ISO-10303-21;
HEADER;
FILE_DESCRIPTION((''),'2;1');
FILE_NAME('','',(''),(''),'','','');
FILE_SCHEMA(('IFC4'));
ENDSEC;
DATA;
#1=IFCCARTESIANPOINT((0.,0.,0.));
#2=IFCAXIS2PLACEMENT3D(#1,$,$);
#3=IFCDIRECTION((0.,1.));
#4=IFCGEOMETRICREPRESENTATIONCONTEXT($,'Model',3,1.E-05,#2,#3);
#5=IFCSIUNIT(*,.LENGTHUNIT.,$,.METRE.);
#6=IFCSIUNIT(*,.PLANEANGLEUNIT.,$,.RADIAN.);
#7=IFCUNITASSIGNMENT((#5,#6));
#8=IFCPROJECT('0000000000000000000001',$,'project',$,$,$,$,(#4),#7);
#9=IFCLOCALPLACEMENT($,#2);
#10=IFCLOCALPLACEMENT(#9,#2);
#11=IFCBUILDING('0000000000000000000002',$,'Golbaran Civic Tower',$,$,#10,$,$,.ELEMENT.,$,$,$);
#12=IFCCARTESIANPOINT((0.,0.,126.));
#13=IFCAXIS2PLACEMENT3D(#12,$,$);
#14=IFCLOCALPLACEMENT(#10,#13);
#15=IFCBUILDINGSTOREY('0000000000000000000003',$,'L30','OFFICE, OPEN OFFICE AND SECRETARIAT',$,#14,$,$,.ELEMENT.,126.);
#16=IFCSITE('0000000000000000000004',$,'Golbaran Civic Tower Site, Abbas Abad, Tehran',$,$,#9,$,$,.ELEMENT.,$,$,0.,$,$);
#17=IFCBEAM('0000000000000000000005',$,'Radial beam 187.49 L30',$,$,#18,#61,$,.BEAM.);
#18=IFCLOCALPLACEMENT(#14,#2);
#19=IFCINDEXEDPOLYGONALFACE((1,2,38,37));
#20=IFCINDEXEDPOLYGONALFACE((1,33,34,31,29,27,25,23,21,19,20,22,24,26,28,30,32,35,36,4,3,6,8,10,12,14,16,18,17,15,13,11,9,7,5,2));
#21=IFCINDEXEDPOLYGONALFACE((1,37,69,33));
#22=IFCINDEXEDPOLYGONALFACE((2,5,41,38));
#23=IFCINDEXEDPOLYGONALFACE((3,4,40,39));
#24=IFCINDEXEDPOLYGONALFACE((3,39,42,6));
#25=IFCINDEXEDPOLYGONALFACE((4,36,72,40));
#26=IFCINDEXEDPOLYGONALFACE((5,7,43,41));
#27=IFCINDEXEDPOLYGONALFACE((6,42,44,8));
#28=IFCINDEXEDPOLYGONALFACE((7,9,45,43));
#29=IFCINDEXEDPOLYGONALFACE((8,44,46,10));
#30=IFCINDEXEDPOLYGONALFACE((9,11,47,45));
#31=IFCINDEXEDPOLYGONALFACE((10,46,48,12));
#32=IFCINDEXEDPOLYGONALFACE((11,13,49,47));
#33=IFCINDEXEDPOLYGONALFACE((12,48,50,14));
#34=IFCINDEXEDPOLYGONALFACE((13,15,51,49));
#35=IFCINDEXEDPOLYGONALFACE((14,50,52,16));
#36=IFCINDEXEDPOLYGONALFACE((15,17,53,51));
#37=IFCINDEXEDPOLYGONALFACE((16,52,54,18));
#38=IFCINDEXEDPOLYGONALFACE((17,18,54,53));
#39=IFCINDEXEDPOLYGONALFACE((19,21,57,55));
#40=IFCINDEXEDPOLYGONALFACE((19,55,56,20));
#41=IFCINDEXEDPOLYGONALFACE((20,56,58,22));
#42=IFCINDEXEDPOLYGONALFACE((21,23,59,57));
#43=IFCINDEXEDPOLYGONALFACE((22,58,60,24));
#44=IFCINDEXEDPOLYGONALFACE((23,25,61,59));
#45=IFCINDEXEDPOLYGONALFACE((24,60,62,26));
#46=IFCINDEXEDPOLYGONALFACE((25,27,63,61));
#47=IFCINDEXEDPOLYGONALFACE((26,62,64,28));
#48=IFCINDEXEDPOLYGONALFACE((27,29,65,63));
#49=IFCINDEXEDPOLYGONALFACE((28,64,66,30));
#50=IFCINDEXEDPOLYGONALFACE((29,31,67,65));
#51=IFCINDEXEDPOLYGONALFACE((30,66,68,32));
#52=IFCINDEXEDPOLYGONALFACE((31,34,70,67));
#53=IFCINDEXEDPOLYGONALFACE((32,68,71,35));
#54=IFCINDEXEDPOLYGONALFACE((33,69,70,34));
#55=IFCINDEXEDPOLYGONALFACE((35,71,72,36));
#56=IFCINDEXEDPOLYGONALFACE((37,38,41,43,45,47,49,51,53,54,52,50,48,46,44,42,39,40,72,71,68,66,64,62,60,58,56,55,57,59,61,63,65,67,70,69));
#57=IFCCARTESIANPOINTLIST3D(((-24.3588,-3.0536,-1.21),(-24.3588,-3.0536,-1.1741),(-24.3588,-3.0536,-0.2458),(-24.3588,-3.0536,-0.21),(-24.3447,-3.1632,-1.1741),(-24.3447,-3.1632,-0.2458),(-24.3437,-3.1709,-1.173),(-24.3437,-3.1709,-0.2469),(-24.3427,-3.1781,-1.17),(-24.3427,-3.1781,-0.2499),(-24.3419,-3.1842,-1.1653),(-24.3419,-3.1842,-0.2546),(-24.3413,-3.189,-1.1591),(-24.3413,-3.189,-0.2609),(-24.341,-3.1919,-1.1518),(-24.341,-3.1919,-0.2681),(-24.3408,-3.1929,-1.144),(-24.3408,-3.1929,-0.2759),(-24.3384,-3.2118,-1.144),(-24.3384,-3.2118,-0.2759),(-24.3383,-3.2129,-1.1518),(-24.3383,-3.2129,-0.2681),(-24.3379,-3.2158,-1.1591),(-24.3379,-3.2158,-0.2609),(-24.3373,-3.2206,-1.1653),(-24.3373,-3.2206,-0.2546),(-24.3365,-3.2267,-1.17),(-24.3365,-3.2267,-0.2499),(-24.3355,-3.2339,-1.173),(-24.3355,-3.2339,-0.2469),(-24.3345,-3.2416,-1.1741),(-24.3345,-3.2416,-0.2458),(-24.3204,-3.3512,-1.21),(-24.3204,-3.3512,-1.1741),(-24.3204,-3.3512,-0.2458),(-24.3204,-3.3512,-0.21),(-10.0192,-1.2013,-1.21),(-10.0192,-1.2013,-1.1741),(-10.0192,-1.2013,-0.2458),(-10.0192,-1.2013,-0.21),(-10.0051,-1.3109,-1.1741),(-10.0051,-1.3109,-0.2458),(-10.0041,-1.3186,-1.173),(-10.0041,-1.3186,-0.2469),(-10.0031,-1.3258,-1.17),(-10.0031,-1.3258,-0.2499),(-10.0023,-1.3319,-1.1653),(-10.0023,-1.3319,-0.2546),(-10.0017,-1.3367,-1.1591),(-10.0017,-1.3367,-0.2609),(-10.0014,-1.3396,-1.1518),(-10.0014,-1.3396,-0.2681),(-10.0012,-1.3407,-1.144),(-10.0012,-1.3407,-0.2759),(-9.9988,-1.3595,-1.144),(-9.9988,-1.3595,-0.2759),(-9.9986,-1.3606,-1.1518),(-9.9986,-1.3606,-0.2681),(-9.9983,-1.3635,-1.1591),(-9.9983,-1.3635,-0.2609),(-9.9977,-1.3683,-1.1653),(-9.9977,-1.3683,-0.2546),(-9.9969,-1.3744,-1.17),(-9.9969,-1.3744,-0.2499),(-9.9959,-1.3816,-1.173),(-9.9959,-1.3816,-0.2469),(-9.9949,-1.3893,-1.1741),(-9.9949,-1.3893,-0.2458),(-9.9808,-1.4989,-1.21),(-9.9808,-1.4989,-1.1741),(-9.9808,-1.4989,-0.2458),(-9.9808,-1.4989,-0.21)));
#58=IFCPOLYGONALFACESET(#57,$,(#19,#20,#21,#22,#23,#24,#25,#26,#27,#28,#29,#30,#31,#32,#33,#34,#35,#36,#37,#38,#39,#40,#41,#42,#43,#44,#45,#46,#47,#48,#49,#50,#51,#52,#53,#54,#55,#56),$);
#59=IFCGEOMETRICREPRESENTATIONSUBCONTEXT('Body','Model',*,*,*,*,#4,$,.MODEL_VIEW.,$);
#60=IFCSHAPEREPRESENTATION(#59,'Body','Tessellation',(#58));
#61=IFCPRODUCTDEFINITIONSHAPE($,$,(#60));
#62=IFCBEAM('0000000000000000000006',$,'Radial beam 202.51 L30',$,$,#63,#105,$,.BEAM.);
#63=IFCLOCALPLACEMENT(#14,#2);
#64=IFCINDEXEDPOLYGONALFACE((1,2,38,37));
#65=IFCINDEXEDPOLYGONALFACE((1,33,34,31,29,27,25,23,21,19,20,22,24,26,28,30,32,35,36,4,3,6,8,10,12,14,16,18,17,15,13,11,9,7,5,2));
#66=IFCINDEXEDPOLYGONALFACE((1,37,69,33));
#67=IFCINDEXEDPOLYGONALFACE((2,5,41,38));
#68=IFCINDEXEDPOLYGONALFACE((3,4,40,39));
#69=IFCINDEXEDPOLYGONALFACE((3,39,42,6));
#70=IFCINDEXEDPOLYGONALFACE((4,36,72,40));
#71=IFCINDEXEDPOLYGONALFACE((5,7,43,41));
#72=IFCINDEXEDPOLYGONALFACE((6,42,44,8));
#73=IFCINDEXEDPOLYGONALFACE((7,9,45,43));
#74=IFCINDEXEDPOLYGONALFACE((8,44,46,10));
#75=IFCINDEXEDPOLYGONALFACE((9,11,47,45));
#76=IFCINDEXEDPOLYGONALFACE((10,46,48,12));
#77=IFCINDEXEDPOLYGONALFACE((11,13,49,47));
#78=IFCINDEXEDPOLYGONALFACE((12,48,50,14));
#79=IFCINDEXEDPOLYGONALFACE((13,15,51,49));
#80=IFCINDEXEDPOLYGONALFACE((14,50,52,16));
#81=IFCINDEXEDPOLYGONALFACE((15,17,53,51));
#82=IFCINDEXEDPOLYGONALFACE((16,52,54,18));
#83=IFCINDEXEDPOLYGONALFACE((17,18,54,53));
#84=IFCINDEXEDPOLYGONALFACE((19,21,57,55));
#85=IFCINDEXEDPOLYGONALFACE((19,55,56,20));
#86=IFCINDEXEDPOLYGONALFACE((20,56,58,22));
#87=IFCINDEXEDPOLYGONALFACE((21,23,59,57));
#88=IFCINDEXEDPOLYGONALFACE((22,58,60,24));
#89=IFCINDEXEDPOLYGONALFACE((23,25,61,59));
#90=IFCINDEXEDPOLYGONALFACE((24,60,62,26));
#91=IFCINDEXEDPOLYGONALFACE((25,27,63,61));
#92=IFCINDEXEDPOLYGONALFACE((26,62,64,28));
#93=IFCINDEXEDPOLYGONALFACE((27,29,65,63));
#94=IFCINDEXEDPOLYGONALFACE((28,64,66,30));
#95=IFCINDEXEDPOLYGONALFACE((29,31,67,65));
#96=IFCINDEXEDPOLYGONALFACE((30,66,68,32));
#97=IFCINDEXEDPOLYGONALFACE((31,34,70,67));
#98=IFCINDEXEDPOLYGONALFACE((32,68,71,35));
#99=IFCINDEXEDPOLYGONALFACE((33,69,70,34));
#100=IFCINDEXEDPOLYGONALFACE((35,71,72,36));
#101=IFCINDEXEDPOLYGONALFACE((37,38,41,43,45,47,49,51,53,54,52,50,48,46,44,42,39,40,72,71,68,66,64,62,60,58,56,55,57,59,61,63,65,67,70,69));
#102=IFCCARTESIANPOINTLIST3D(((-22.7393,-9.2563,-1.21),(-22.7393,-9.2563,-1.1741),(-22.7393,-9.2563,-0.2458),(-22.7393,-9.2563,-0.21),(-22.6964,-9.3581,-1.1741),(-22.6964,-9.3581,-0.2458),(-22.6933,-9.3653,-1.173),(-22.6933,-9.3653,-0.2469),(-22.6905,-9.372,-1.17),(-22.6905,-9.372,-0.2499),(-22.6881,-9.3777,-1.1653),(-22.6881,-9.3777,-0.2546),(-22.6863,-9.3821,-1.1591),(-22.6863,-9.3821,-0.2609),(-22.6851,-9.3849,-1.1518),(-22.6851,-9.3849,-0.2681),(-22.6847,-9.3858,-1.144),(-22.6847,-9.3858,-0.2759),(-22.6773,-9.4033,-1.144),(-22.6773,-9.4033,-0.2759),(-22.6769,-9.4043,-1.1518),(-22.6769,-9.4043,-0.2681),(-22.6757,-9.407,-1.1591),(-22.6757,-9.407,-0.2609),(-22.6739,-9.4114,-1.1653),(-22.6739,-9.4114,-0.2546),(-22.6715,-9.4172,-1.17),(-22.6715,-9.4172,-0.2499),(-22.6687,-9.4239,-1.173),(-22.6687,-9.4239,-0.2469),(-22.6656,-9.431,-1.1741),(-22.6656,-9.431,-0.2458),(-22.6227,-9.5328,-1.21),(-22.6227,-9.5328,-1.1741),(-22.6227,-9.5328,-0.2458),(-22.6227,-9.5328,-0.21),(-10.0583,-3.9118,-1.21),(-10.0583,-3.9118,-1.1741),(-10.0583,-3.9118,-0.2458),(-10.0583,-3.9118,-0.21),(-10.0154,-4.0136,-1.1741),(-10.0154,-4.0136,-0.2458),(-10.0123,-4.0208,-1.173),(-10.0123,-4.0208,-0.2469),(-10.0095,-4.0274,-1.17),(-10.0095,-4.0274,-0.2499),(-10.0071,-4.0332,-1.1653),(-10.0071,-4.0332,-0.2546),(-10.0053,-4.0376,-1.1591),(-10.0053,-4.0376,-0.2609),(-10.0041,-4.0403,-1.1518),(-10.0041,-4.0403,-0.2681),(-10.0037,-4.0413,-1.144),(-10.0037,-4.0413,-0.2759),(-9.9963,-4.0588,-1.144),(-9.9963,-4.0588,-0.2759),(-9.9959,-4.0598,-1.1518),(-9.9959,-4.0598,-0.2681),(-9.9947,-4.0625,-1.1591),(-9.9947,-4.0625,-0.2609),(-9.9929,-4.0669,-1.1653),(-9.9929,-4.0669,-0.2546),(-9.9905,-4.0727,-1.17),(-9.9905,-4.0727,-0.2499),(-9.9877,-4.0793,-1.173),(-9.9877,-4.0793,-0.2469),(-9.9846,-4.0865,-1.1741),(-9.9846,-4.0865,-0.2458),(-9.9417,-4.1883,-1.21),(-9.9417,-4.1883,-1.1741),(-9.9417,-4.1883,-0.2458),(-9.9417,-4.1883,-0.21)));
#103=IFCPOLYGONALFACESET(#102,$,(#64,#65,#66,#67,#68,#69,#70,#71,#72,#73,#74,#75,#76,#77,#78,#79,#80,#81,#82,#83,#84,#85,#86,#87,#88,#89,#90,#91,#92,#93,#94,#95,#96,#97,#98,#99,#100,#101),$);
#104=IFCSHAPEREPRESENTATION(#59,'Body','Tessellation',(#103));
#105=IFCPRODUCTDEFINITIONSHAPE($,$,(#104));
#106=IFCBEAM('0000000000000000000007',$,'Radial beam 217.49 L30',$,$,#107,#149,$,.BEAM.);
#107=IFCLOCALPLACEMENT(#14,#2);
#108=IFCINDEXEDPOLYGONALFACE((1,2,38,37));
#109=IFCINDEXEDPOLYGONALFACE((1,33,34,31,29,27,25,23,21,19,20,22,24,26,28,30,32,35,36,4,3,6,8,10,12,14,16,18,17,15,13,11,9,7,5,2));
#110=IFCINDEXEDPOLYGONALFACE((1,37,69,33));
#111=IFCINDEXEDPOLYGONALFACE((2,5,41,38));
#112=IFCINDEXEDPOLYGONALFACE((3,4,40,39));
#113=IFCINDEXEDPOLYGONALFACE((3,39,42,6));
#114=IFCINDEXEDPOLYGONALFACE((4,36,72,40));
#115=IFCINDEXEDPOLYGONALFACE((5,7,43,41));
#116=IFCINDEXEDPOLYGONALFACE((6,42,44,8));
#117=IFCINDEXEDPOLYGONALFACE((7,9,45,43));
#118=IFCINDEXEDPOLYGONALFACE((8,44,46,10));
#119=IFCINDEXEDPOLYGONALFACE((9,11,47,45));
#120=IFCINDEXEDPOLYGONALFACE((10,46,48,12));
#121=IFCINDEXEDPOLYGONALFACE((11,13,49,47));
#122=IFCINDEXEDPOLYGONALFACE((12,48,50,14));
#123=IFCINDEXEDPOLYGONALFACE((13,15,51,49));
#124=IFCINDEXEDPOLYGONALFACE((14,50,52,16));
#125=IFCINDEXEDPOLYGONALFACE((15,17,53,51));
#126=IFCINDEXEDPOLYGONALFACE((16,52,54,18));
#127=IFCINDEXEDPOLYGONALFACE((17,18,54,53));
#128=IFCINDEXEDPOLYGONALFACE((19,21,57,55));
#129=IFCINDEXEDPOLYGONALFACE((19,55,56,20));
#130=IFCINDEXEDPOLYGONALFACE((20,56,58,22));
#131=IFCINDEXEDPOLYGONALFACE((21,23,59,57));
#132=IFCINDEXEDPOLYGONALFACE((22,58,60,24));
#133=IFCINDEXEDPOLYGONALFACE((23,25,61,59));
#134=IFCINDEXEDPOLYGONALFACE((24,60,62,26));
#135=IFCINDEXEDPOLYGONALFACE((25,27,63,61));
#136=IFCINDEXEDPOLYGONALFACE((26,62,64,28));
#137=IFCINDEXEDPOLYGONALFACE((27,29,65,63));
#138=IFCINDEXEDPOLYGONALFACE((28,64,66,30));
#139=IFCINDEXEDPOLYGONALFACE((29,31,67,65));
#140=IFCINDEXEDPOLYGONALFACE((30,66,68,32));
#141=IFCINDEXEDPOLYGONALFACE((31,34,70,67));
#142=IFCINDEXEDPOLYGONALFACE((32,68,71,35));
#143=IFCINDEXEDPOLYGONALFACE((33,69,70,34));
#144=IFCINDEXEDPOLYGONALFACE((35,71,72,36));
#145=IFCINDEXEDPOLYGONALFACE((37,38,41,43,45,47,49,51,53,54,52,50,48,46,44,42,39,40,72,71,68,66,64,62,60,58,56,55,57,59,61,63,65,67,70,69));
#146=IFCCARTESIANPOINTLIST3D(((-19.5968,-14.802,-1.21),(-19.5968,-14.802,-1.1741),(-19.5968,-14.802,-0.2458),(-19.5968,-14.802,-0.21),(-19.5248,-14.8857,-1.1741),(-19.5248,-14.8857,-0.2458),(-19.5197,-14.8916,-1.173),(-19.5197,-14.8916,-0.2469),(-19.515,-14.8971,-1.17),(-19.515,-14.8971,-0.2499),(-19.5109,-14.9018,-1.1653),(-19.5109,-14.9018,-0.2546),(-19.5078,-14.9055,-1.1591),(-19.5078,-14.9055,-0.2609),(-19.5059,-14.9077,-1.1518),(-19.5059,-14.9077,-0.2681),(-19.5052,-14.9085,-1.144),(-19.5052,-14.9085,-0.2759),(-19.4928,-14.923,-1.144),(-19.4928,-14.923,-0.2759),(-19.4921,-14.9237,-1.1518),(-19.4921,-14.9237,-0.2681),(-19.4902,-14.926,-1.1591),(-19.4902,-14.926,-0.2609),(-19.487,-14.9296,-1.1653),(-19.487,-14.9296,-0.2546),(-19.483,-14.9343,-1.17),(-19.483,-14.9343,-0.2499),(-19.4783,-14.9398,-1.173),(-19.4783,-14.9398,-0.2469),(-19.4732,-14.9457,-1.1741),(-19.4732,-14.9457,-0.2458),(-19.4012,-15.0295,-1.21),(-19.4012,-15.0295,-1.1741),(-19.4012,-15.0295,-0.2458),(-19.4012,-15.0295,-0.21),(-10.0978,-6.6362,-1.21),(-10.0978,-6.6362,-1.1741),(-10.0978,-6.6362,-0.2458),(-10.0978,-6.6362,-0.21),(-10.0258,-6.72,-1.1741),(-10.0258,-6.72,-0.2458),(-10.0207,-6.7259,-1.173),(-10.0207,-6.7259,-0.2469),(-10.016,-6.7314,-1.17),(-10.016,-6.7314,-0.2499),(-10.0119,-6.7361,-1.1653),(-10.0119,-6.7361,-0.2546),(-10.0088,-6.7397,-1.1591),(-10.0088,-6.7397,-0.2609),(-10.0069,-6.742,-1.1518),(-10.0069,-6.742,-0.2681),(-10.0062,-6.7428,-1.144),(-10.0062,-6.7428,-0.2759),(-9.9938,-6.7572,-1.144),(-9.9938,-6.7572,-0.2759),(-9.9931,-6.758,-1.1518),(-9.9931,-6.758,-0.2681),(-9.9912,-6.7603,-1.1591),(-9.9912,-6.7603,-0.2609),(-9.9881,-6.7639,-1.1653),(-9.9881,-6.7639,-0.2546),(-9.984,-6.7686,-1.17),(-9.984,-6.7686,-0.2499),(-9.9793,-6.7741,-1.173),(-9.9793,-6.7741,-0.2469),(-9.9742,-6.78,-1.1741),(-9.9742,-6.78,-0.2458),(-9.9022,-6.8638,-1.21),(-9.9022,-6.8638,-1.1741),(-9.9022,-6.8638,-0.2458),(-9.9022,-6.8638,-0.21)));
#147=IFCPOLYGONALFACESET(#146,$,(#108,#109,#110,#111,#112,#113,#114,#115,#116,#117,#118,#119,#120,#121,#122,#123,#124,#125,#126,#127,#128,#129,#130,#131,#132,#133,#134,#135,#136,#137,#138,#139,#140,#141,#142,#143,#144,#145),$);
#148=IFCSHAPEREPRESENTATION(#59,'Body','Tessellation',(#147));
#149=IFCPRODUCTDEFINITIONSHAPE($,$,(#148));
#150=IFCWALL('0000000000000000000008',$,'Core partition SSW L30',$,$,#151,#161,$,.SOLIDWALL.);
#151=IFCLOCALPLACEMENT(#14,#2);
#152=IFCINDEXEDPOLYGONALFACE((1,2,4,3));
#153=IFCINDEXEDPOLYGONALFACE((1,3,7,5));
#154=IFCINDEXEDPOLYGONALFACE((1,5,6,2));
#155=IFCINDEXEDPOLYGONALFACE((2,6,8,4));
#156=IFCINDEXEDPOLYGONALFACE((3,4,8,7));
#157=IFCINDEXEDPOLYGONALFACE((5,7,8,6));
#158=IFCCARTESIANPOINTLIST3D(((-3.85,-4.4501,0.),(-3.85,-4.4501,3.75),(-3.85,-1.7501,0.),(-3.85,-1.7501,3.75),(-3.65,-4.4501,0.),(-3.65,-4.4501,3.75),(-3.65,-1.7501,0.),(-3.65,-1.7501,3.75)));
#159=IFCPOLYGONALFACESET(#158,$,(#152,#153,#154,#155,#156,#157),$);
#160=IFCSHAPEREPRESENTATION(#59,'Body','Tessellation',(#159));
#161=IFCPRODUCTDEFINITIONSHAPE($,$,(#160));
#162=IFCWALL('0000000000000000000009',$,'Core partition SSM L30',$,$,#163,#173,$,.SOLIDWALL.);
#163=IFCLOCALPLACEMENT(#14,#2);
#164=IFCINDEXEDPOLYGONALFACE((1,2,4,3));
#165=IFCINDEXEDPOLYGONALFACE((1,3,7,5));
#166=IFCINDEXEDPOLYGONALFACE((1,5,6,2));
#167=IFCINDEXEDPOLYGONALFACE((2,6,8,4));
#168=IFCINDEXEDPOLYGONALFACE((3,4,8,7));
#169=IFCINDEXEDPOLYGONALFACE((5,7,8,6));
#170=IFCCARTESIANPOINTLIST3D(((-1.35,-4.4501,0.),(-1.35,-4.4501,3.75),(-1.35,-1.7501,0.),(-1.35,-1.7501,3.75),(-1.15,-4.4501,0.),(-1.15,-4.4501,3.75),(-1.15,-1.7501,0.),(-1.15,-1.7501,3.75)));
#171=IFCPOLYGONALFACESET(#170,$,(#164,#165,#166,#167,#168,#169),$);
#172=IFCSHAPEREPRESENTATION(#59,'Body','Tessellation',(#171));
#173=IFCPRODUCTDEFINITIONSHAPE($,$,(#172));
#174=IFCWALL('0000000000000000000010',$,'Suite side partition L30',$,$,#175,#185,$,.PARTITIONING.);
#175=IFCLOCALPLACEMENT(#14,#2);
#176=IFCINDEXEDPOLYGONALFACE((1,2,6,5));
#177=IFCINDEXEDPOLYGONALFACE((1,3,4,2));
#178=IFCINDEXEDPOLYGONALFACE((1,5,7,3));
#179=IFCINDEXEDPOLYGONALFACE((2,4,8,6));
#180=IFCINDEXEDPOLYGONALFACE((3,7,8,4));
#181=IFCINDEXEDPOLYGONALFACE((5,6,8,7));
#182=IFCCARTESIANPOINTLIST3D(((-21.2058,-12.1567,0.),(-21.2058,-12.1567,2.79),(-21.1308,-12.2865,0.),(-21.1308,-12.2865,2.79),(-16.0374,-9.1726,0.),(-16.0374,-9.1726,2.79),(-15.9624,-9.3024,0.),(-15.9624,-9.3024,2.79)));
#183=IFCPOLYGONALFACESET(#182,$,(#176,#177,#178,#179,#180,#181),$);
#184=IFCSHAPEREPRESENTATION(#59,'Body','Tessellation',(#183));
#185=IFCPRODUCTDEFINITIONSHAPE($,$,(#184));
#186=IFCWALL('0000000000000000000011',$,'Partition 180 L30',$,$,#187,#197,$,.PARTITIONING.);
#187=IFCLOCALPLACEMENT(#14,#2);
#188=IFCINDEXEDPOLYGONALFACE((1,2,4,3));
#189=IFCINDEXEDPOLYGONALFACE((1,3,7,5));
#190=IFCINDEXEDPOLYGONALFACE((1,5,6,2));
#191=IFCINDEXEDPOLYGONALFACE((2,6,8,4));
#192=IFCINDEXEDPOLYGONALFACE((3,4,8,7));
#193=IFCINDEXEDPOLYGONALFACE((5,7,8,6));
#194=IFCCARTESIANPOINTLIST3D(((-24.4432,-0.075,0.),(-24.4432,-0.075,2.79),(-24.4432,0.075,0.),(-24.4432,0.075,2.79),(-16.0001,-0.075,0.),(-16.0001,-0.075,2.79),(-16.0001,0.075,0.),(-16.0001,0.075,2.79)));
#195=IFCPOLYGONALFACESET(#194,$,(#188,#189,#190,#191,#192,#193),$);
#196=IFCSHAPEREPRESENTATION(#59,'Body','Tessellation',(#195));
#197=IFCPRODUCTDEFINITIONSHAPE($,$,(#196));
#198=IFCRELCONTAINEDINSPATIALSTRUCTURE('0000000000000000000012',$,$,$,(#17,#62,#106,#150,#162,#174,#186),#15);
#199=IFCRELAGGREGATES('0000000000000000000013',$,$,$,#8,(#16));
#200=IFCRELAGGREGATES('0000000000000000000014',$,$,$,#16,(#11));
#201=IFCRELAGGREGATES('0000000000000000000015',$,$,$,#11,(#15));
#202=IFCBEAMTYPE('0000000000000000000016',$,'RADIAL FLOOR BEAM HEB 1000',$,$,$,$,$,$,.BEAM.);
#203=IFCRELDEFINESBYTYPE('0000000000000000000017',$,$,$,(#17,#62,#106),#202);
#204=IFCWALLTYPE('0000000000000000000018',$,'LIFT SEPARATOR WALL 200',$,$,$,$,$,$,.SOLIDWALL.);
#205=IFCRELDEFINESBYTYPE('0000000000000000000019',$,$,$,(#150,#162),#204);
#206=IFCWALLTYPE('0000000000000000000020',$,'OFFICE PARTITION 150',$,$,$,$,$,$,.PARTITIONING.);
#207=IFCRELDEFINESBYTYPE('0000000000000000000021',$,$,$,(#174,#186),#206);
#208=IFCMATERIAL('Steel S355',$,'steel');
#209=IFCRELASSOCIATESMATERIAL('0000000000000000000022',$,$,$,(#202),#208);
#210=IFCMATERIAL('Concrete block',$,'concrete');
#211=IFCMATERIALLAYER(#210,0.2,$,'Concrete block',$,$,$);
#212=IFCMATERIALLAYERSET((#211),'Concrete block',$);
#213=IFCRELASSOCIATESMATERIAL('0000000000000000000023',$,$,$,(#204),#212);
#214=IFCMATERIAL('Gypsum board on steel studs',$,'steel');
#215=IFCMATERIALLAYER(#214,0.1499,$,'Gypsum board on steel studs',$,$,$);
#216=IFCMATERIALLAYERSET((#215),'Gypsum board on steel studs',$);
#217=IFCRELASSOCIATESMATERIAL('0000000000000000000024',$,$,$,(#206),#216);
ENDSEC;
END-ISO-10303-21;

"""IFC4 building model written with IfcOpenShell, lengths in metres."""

from ifc_helpers import new_model, si_unit, direction, frame, frame_2d, origin, origin_2d, place, context, subcontext, project, spatial, rectangle, i_section, extrude, material, layer, layer_set, material_profile, profile_set, type_object, element, save


model = new_model("IFC4")

# Units and contexts
model_context = context("Model", 3, precision=1e-05, world=origin(), true_north=direction((0.0, 1.0)))
body_context = subcontext(model_context, "Body", "Model", "MODEL_VIEW")
ifc_project = project(units=[si_unit("LENGTHUNIT", "METRE"), si_unit("PLANEANGLEUNIT", "RADIAN")], contexts=[model_context])

# Site, building, storey
site_placement = place(None, origin())
site = spatial("IfcSite", under=ifc_project, at=site_placement, Name="Golbaran Civic Tower Site, Abbas Abad, Tehran", CompositionType="ELEMENT", RefElevation=0.0)
building_placement = place(site_placement, origin())
building = spatial("IfcBuilding", under=site, at=building_placement, Name="Golbaran Civic Tower", CompositionType="ELEMENT")
storey_placement = place(building_placement, frame((0.0, 0.0, 126.0)))
storey = spatial("IfcBuildingStorey", under=building, at=storey_placement, Name="L30", Description="OFFICE, OPEN OFFICE AND SECRETARIAT", CompositionType="ELEMENT", Elevation=126.0)

# Beams
ifc_material_1 = material(Name="Steel S355", Category="steel")
ifc_material_profile_1 = material_profile(ifc_material_1, i_section(OverallWidth=0.3, OverallDepth=1.0, WebThickness=0.019, FlangeThickness=0.0359, FilletRadius=0.03, at=origin_2d()), Name="HEB 1000")
ifc_profile_set_1 = profile_set([ifc_material_profile_1], Name="Steel S355")
beam_type_1 = type_object("IfcBeamType", Name="RADIAL FLOOR BEAM HEB 1000", PredefinedType="BEAM", material=ifc_profile_set_1)
beam_1_placement = place(storey_placement, frame((-10.0, -1.3501, -0.71), z_axis=(-0.99176, -0.128109, 0.0), x_axis=(0.128109, -0.99176, 0.0)))
element("IfcBeam", 1, at=beam_1_placement, inside=storey, type_object=beam_type_1, Name="Radial beam 187.49 L30", PredefinedType="BEAM", context=body_context, shape_type="SweptSolid", body=[
    extrude(i_section(OverallWidth=0.3, OverallDepth=1.0, WebThickness=0.019, FlangeThickness=0.0359, FilletRadius=0.03, at=origin_2d()), origin(), (0.0, 0.0, 1.0), 14.4587),
])
beam_2_placement = place(storey_placement, frame((-10.0, -4.05, -0.71), z_axis=(-0.921501, -0.388375, 0.0), x_axis=(0.388375, -0.921501, 0.0)))
element("IfcBeam", 2, at=beam_2_placement, inside=storey, type_object=beam_type_1, Name="Radial beam 202.51 L30", PredefinedType="BEAM", context=body_context, shape_type="SweptSolid", body=[
    extrude(i_section(OverallWidth=0.3, OverallDepth=1.0, WebThickness=0.019, FlangeThickness=0.0359, FilletRadius=0.03, at=origin_2d()), origin(), (0.0, 0.0, 1.0), 13.7612),
])
beam_3_placement = place(storey_placement, frame((-10.0, -6.75, -0.71), z_axis=(-0.758319, -0.651884, 0.0), x_axis=(0.651884, -0.758319, 0.0)))
element("IfcBeam", 3, at=beam_3_placement, inside=storey, type_object=beam_type_1, Name="Radial beam 217.49 L30", PredefinedType="BEAM", context=body_context, shape_type="SweptSolid", body=[
    extrude(i_section(OverallWidth=0.3, OverallDepth=1.0, WebThickness=0.019, FlangeThickness=0.0359, FilletRadius=0.03, at=origin_2d()), origin(), (0.0, 0.0, 1.0), 12.5264),
])

# Walls
ifc_material_2 = material(Name="Concrete block", Category="concrete")
ifc_layer_1 = layer(ifc_material_2, 0.2, Name="Concrete block")
ifc_layer_set_1 = layer_set([ifc_layer_1], Name="Concrete block")
wall_type_1 = type_object("IfcWallType", Name="LIFT SEPARATOR WALL 200", PredefinedType="SOLIDWALL", material=ifc_layer_set_1)
for number, where, z_axis, x_axis, name in (
    (4, (-3.75, -1.75, 0.0), (0.0, 0.0, 1.0), (0.0, -1.0, 0.0), "Core partition SSW L30"),
    (5, (-1.25, -1.75, 0.0), (0.0, 0.0, 1.0), (0.0, -1.0, 0.0), "Core partition SSM L30"),
):
    element("IfcWall", number, at=place(storey_placement, frame(where, z_axis=z_axis, x_axis=x_axis)), inside=storey, type_object=wall_type_1, Name=name, PredefinedType="SOLIDWALL", context=body_context, shape_type="SweptSolid", body=[
        extrude(rectangle(XDim=2.7, YDim=0.2, at=frame_2d((1.3501, 0.0))), origin(), (0.0, 0.0, 1.0), 3.75),
    ])
ifc_material_3 = material(Name="Gypsum board on steel studs", Category="steel")
ifc_layer_2 = layer(ifc_material_3, 0.1499, Name="Gypsum board on steel studs")
ifc_layer_set_2 = layer_set([ifc_layer_2], Name="Gypsum board on steel studs")
wall_type_2 = type_object("IfcWallType", Name="OFFICE PARTITION 150", PredefinedType="PARTITIONING", material=ifc_layer_set_2)
wall_1_placement = place(storey_placement, frame((-16.0, -9.2375, 0.0), z_axis=(0.0, 0.0, 1.0), x_axis=(-0.866017, -0.500015, 0.0)))
element("IfcWall", 6, at=wall_1_placement, inside=storey, type_object=wall_type_2, Name="Suite side partition L30", PredefinedType="PARTITIONING", context=body_context, shape_type="SweptSolid", body=[
    extrude(rectangle(XDim=5.968, YDim=0.1499, at=frame_2d((2.9839, 0.0))), origin(), (0.0, 0.0, 1.0), 2.79),
])
wall_2_placement = place(storey_placement, frame((-16.0, 0.0, 0.0), z_axis=(0.0, 0.0, 1.0), x_axis=(-1.0, 0.0, 0.0)))
element("IfcWall", 7, at=wall_2_placement, inside=storey, type_object=wall_type_2, Name="Partition 180 L30", PredefinedType="PARTITIONING", context=body_context, shape_type="SweptSolid", body=[
    extrude(rectangle(XDim=8.4431, YDim=0.1499, at=frame_2d((4.2217, 0.0))), origin(), (0.0, 0.0, 1.0), 2.79),
])

save(model, "model.ifc")
